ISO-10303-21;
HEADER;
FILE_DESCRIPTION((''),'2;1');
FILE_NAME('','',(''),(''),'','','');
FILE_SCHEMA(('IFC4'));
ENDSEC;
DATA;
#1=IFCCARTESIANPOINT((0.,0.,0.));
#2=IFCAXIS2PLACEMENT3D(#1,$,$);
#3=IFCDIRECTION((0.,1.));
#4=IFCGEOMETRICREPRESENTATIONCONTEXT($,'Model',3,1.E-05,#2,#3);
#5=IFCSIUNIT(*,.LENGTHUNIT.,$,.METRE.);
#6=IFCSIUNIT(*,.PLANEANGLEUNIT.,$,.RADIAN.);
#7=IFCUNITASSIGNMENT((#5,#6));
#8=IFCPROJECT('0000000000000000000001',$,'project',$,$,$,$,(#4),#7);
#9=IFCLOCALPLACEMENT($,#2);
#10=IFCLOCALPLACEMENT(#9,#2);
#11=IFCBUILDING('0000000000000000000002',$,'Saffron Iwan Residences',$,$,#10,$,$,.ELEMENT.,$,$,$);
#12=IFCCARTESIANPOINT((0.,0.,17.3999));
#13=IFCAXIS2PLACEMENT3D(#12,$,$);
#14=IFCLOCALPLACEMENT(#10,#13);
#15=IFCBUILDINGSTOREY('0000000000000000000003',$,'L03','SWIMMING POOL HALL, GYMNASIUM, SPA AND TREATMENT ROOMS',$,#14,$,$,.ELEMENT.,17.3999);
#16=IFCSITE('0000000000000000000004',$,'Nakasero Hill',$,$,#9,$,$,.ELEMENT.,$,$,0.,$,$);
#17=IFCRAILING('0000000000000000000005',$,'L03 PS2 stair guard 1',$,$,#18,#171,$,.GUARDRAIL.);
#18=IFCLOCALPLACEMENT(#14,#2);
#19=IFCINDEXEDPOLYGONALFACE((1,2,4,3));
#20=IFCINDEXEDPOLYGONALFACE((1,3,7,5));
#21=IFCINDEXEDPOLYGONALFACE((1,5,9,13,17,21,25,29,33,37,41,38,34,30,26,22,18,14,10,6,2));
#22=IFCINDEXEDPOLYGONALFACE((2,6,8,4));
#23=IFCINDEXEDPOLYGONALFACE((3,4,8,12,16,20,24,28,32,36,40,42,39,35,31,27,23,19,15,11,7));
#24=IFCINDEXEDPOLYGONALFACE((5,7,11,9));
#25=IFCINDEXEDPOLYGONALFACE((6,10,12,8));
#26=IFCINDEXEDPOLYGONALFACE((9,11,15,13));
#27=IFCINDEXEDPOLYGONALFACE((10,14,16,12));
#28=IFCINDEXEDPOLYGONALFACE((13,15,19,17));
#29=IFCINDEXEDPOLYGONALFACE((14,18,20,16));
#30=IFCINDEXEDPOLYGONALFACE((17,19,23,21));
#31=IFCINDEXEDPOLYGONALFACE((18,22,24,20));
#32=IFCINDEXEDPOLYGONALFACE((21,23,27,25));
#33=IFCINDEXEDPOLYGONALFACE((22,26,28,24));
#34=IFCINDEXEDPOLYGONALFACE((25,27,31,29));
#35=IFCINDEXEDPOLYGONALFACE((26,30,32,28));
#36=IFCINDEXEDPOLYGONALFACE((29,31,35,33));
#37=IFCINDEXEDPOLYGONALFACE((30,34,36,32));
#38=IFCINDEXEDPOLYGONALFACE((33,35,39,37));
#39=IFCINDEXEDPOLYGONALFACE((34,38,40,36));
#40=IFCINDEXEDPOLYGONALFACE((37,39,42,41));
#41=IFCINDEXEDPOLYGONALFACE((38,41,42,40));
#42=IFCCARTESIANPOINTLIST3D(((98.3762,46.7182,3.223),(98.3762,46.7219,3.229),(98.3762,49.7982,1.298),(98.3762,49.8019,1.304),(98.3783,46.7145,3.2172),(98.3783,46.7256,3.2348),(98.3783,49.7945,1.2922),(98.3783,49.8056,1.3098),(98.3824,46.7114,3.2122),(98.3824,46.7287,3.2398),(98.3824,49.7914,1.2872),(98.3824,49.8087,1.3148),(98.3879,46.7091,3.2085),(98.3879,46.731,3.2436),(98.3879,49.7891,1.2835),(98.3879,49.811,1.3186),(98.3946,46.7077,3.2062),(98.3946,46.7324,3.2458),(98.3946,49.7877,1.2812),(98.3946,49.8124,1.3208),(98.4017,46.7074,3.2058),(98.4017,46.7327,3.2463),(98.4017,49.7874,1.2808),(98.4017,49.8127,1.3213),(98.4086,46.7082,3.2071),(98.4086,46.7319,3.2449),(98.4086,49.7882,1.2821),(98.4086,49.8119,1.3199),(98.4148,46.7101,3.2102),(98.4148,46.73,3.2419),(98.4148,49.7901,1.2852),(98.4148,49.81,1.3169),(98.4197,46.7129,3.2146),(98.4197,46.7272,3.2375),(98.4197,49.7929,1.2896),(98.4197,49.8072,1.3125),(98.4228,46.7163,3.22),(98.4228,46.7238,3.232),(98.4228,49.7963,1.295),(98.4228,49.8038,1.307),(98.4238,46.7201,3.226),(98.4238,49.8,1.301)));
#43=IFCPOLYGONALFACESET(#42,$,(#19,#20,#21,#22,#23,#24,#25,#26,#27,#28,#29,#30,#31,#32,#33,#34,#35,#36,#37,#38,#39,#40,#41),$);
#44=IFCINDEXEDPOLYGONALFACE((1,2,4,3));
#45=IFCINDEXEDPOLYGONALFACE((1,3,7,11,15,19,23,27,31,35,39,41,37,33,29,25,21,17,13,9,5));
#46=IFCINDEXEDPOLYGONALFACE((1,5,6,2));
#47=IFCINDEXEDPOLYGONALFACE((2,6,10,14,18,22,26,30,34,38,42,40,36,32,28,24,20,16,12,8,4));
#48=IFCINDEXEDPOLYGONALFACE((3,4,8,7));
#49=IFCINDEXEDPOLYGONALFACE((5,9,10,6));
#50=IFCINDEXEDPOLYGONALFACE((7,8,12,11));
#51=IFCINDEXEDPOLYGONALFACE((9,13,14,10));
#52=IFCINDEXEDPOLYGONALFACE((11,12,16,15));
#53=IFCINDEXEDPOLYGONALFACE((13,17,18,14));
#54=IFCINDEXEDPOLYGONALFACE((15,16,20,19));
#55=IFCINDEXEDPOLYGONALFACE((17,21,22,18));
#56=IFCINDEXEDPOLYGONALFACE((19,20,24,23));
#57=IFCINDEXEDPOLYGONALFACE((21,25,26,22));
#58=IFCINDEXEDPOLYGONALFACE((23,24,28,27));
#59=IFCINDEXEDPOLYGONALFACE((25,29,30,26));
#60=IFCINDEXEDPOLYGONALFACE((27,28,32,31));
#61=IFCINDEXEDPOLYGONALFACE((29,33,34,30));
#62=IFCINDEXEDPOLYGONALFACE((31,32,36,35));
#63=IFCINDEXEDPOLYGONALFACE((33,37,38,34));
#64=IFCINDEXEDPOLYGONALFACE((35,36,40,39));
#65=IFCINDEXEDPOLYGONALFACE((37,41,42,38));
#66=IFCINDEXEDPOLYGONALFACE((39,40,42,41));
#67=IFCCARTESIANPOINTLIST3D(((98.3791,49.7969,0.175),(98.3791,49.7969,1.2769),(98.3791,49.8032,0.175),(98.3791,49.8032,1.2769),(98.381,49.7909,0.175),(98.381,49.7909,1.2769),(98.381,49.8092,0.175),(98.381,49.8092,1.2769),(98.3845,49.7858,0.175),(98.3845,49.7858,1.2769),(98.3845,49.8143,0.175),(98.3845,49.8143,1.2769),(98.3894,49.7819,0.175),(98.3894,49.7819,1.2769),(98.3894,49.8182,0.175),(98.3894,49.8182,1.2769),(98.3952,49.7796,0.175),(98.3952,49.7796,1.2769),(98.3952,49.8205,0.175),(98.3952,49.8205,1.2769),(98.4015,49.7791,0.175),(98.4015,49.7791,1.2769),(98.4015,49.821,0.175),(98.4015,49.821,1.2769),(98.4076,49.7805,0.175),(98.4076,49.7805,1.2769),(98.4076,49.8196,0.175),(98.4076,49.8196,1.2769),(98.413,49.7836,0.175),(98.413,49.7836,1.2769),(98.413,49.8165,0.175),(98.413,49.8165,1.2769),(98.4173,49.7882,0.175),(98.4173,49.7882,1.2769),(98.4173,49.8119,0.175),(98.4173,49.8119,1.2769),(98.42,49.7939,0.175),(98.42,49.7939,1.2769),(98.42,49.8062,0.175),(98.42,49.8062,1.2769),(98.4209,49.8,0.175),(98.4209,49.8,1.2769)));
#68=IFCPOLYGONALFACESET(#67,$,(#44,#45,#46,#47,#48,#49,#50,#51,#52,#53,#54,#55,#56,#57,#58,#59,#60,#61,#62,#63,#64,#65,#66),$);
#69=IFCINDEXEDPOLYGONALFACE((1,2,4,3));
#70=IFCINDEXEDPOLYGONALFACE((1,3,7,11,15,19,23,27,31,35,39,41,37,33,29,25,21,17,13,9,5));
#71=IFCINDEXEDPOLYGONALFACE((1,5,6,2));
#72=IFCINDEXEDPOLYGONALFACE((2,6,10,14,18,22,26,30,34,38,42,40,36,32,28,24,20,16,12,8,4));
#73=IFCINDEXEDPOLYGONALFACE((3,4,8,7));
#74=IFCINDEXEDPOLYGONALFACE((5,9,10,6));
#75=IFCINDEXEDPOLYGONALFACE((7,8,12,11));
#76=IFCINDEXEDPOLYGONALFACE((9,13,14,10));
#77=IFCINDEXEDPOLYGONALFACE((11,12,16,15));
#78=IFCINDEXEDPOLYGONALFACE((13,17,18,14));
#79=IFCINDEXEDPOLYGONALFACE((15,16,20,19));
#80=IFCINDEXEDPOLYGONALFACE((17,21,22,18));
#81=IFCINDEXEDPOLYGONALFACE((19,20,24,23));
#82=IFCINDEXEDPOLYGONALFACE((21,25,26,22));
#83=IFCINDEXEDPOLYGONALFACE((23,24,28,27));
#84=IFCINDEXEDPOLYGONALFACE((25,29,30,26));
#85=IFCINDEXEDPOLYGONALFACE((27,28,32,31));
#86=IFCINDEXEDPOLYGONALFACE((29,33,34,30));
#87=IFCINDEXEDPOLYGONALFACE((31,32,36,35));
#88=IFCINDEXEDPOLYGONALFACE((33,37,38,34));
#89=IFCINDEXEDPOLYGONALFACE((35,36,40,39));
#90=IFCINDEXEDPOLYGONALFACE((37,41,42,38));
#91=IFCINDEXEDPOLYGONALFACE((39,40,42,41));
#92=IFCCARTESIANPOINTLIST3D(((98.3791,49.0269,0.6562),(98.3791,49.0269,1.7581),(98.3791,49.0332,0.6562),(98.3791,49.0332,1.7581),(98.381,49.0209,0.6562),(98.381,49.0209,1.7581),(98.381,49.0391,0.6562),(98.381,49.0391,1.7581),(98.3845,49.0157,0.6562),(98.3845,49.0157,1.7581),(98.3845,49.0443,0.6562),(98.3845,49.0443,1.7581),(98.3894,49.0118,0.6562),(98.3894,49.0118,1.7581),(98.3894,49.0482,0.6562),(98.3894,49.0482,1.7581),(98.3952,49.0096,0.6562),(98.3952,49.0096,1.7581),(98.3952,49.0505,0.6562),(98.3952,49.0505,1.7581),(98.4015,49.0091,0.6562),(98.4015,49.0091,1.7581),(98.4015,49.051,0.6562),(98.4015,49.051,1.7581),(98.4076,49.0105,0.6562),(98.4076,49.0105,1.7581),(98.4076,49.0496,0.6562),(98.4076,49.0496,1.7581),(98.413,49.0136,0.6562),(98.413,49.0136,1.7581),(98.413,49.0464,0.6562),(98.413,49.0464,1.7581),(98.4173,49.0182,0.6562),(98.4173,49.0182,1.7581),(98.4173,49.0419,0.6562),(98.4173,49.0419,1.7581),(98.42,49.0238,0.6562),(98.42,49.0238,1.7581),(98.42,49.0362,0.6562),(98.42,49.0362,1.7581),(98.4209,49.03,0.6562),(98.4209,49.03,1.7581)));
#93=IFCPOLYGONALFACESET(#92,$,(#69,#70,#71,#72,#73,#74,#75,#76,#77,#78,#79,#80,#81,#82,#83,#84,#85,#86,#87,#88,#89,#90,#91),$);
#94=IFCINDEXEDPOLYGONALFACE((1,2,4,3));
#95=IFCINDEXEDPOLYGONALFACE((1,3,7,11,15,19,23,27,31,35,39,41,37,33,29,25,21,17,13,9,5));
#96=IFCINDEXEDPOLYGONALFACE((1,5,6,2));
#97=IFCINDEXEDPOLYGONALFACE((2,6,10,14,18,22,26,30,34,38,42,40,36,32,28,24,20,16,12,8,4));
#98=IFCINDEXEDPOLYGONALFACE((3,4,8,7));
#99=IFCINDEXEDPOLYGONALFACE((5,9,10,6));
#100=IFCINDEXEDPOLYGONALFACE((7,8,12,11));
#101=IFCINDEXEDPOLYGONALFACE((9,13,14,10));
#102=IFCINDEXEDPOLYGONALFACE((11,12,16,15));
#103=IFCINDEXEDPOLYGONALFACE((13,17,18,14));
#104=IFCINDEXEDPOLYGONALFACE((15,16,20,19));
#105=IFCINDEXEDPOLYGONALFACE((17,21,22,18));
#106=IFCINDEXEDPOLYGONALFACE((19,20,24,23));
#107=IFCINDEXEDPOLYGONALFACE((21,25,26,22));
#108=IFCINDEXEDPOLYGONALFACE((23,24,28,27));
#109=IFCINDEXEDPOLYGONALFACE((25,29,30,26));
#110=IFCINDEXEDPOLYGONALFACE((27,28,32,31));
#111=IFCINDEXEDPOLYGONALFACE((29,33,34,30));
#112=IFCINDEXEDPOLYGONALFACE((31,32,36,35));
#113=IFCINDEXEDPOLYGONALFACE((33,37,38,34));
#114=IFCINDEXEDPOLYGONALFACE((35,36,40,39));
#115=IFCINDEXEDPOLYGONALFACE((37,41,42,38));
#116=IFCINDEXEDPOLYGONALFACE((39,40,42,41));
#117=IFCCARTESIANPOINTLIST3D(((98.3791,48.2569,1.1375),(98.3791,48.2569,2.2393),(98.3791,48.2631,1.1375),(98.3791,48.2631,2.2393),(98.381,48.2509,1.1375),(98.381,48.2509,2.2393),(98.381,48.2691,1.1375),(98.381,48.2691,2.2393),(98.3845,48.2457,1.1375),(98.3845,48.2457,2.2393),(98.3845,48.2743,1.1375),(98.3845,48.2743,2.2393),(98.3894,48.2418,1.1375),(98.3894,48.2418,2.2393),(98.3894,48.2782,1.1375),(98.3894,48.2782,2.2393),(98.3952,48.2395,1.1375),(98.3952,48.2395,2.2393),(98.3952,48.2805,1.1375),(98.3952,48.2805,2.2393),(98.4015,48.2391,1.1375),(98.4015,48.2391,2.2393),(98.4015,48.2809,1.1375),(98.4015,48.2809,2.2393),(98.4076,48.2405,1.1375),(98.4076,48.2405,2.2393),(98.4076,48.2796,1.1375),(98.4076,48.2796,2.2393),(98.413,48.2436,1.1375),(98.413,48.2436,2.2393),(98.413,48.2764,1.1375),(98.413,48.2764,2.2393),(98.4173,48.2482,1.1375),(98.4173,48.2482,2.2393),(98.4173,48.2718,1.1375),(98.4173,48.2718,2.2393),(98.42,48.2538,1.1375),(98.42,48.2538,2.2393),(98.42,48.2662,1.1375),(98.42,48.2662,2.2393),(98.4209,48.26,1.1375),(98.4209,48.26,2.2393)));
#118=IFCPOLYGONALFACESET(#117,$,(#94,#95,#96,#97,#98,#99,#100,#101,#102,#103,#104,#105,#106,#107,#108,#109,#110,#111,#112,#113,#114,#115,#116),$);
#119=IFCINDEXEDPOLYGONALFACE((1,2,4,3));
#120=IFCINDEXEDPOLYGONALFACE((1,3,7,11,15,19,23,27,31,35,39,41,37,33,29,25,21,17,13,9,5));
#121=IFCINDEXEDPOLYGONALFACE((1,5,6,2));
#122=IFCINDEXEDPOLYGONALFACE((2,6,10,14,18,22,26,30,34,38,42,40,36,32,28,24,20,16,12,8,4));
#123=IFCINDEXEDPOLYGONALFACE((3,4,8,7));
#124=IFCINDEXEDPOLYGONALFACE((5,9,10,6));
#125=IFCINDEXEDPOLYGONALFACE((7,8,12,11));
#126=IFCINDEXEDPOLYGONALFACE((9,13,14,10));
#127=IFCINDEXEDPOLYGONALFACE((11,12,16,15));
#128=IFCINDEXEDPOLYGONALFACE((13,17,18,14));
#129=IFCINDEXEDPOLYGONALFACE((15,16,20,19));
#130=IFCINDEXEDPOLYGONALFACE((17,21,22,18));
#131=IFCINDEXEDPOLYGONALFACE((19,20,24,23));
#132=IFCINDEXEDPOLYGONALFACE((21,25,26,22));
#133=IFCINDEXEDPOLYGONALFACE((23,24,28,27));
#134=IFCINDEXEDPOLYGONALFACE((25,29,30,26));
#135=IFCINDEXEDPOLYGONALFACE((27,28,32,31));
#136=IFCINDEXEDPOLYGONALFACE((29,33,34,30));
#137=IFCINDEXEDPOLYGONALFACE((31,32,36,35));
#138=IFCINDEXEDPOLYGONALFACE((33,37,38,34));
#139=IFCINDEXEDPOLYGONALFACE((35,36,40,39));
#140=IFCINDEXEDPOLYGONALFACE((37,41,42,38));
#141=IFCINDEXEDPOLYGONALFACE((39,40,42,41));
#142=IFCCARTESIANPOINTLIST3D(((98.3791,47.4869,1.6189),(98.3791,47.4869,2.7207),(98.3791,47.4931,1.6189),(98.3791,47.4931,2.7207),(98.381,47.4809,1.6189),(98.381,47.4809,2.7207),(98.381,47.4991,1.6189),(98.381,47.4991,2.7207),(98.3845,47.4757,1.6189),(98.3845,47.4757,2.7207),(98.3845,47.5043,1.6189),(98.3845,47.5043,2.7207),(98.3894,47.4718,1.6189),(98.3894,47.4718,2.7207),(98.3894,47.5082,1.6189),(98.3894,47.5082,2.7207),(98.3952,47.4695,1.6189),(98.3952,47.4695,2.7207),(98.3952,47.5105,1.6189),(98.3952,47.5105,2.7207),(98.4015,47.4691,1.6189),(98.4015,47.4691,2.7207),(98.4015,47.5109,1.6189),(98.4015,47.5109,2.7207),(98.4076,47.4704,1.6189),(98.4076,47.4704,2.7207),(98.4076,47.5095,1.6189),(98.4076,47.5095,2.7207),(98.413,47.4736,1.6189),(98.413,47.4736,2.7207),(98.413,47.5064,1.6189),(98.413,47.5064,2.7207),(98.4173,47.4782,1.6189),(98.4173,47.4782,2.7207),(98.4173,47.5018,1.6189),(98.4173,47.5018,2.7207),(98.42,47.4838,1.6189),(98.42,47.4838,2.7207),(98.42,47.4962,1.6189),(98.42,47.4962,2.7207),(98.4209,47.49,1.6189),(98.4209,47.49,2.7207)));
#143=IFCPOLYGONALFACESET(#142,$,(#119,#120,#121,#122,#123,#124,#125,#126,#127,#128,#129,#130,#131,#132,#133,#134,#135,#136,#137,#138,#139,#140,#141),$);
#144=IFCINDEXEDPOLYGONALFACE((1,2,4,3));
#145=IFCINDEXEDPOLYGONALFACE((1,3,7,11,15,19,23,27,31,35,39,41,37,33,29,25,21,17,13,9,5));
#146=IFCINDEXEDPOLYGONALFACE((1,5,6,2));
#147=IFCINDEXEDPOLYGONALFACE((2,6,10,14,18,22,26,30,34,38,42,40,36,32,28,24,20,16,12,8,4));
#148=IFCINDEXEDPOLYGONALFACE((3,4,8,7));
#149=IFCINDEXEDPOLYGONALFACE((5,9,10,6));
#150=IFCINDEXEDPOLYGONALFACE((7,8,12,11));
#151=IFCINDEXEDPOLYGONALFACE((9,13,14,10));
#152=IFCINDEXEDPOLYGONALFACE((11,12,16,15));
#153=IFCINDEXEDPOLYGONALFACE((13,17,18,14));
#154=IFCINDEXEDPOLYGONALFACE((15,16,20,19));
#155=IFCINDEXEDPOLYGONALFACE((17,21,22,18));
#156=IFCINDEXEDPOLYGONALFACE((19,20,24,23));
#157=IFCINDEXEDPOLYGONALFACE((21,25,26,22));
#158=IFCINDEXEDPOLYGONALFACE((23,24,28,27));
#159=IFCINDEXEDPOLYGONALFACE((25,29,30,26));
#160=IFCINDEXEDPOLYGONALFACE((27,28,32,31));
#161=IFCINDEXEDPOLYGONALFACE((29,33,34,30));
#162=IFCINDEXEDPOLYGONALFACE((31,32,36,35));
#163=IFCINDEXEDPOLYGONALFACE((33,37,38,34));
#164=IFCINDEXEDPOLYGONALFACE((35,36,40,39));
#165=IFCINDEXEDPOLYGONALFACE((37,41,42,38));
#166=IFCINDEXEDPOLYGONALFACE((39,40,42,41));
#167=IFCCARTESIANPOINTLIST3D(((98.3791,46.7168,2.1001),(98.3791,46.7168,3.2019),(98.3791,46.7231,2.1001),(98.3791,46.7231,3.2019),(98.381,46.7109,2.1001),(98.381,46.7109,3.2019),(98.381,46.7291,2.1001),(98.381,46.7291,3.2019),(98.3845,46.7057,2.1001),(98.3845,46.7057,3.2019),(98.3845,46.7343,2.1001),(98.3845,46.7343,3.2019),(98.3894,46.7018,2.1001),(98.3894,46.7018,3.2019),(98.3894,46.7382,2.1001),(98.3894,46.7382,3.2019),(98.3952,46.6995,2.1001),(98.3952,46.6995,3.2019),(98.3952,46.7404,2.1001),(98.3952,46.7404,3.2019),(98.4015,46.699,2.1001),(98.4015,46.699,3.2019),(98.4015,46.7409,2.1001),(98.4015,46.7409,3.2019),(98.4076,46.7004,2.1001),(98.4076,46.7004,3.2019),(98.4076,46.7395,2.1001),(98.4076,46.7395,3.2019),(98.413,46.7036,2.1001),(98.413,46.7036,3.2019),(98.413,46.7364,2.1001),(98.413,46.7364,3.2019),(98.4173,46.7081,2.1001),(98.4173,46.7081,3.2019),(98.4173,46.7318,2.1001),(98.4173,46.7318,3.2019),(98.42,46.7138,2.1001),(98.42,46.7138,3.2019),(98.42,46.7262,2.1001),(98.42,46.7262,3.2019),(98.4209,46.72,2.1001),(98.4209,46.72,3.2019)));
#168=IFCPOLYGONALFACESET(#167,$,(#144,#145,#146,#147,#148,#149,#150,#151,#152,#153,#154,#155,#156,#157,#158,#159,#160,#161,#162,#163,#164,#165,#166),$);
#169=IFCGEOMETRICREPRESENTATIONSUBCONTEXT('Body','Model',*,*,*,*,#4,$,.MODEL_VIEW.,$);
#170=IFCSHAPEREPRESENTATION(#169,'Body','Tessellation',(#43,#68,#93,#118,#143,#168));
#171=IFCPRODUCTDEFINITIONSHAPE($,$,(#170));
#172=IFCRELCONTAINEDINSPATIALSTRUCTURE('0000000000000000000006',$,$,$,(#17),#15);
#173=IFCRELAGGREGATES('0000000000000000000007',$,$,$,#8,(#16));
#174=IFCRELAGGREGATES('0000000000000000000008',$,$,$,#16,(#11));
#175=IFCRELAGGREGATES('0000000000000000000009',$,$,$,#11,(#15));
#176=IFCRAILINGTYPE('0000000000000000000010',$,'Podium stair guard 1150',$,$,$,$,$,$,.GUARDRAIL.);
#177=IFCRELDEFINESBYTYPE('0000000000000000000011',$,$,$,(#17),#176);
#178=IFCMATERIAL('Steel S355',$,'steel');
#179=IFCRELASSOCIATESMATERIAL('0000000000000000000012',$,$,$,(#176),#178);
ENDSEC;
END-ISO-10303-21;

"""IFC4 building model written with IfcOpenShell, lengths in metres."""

from ifc_helpers import new_model, si_unit, direction, frame, origin, origin_2d, place, context, subcontext, project, spatial, circle, extrude, material, type_object, element, save


model = new_model("IFC4")

# Units and contexts
model_context = context("Model", 3, precision=1e-05, world=origin(), true_north=direction((0.0, 1.0)))
body_context = subcontext(model_context, "Body", "Model", "MODEL_VIEW")
ifc_project = project(units=[si_unit("LENGTHUNIT", "METRE"), si_unit("PLANEANGLEUNIT", "RADIAN")], contexts=[model_context])

# Site, building, storey
site_placement = place(None, origin())
site = spatial("IfcSite", under=ifc_project, at=site_placement, Name="Nakasero Hill", CompositionType="ELEMENT", RefElevation=0.0)
building_placement = place(site_placement, origin())
building = spatial("IfcBuilding", under=site, at=building_placement, Name="Saffron Iwan Residences", CompositionType="ELEMENT")
storey_placement = place(building_placement, frame((0.0, 0.0, 17.3999)))
storey = spatial("IfcBuildingStorey", under=building, at=storey_placement, Name="L03", Description="SWIMMING POOL HALL, GYMNASIUM, SPA AND TREATMENT ROOMS", CompositionType="ELEMENT", Elevation=17.3999)

# Railing
ifc_material_1 = material(Name="Steel S355", Category="steel")
railing_type_1 = type_object("IfcRailingType", Name="Podium stair guard 1150", PredefinedType="GUARDRAIL", material=ifc_material_1)
railing_1_placement = place(storey_placement, frame((98.3999, 49.8, 0.175)))
element("IfcRailing", 1, at=railing_1_placement, inside=storey, type_object=railing_type_1, Name="L03 PS2 stair guard 1", PredefinedType="GUARDRAIL", context=body_context, shape_type="SweptSolid", body=[
    extrude(circle(Radius=0.0239, at=origin_2d()), frame((0.0, 0.0, 1.126), z_axis=(0.0, -0.847998, 0.529999), x_axis=(1.0, 0.0, 0.0)), (0.0, 0.0, 1.0), 3.6321),
    extrude(circle(Radius=0.021, at=origin_2d()), origin(), (0.0, 0.0, 1.0), 1.1018),
    extrude(circle(Radius=0.021, at=origin_2d()), frame((0.0, -0.77, 0.4812)), (0.0, 0.0, 1.0), 1.1018),
    extrude(circle(Radius=0.021, at=origin_2d()), frame((0.0, -1.54, 0.9624)), (0.0, 0.0, 1.0), 1.1018),
    extrude(circle(Radius=0.021, at=origin_2d()), frame((0.0, -2.3101, 1.4438)), (0.0, 0.0, 1.0), 1.1018),
    extrude(circle(Radius=0.021, at=origin_2d()), frame((0.0, -3.0801, 1.925)), (0.0, 0.0, 1.0), 1.1018),
])

save(model, "model.ifc")
